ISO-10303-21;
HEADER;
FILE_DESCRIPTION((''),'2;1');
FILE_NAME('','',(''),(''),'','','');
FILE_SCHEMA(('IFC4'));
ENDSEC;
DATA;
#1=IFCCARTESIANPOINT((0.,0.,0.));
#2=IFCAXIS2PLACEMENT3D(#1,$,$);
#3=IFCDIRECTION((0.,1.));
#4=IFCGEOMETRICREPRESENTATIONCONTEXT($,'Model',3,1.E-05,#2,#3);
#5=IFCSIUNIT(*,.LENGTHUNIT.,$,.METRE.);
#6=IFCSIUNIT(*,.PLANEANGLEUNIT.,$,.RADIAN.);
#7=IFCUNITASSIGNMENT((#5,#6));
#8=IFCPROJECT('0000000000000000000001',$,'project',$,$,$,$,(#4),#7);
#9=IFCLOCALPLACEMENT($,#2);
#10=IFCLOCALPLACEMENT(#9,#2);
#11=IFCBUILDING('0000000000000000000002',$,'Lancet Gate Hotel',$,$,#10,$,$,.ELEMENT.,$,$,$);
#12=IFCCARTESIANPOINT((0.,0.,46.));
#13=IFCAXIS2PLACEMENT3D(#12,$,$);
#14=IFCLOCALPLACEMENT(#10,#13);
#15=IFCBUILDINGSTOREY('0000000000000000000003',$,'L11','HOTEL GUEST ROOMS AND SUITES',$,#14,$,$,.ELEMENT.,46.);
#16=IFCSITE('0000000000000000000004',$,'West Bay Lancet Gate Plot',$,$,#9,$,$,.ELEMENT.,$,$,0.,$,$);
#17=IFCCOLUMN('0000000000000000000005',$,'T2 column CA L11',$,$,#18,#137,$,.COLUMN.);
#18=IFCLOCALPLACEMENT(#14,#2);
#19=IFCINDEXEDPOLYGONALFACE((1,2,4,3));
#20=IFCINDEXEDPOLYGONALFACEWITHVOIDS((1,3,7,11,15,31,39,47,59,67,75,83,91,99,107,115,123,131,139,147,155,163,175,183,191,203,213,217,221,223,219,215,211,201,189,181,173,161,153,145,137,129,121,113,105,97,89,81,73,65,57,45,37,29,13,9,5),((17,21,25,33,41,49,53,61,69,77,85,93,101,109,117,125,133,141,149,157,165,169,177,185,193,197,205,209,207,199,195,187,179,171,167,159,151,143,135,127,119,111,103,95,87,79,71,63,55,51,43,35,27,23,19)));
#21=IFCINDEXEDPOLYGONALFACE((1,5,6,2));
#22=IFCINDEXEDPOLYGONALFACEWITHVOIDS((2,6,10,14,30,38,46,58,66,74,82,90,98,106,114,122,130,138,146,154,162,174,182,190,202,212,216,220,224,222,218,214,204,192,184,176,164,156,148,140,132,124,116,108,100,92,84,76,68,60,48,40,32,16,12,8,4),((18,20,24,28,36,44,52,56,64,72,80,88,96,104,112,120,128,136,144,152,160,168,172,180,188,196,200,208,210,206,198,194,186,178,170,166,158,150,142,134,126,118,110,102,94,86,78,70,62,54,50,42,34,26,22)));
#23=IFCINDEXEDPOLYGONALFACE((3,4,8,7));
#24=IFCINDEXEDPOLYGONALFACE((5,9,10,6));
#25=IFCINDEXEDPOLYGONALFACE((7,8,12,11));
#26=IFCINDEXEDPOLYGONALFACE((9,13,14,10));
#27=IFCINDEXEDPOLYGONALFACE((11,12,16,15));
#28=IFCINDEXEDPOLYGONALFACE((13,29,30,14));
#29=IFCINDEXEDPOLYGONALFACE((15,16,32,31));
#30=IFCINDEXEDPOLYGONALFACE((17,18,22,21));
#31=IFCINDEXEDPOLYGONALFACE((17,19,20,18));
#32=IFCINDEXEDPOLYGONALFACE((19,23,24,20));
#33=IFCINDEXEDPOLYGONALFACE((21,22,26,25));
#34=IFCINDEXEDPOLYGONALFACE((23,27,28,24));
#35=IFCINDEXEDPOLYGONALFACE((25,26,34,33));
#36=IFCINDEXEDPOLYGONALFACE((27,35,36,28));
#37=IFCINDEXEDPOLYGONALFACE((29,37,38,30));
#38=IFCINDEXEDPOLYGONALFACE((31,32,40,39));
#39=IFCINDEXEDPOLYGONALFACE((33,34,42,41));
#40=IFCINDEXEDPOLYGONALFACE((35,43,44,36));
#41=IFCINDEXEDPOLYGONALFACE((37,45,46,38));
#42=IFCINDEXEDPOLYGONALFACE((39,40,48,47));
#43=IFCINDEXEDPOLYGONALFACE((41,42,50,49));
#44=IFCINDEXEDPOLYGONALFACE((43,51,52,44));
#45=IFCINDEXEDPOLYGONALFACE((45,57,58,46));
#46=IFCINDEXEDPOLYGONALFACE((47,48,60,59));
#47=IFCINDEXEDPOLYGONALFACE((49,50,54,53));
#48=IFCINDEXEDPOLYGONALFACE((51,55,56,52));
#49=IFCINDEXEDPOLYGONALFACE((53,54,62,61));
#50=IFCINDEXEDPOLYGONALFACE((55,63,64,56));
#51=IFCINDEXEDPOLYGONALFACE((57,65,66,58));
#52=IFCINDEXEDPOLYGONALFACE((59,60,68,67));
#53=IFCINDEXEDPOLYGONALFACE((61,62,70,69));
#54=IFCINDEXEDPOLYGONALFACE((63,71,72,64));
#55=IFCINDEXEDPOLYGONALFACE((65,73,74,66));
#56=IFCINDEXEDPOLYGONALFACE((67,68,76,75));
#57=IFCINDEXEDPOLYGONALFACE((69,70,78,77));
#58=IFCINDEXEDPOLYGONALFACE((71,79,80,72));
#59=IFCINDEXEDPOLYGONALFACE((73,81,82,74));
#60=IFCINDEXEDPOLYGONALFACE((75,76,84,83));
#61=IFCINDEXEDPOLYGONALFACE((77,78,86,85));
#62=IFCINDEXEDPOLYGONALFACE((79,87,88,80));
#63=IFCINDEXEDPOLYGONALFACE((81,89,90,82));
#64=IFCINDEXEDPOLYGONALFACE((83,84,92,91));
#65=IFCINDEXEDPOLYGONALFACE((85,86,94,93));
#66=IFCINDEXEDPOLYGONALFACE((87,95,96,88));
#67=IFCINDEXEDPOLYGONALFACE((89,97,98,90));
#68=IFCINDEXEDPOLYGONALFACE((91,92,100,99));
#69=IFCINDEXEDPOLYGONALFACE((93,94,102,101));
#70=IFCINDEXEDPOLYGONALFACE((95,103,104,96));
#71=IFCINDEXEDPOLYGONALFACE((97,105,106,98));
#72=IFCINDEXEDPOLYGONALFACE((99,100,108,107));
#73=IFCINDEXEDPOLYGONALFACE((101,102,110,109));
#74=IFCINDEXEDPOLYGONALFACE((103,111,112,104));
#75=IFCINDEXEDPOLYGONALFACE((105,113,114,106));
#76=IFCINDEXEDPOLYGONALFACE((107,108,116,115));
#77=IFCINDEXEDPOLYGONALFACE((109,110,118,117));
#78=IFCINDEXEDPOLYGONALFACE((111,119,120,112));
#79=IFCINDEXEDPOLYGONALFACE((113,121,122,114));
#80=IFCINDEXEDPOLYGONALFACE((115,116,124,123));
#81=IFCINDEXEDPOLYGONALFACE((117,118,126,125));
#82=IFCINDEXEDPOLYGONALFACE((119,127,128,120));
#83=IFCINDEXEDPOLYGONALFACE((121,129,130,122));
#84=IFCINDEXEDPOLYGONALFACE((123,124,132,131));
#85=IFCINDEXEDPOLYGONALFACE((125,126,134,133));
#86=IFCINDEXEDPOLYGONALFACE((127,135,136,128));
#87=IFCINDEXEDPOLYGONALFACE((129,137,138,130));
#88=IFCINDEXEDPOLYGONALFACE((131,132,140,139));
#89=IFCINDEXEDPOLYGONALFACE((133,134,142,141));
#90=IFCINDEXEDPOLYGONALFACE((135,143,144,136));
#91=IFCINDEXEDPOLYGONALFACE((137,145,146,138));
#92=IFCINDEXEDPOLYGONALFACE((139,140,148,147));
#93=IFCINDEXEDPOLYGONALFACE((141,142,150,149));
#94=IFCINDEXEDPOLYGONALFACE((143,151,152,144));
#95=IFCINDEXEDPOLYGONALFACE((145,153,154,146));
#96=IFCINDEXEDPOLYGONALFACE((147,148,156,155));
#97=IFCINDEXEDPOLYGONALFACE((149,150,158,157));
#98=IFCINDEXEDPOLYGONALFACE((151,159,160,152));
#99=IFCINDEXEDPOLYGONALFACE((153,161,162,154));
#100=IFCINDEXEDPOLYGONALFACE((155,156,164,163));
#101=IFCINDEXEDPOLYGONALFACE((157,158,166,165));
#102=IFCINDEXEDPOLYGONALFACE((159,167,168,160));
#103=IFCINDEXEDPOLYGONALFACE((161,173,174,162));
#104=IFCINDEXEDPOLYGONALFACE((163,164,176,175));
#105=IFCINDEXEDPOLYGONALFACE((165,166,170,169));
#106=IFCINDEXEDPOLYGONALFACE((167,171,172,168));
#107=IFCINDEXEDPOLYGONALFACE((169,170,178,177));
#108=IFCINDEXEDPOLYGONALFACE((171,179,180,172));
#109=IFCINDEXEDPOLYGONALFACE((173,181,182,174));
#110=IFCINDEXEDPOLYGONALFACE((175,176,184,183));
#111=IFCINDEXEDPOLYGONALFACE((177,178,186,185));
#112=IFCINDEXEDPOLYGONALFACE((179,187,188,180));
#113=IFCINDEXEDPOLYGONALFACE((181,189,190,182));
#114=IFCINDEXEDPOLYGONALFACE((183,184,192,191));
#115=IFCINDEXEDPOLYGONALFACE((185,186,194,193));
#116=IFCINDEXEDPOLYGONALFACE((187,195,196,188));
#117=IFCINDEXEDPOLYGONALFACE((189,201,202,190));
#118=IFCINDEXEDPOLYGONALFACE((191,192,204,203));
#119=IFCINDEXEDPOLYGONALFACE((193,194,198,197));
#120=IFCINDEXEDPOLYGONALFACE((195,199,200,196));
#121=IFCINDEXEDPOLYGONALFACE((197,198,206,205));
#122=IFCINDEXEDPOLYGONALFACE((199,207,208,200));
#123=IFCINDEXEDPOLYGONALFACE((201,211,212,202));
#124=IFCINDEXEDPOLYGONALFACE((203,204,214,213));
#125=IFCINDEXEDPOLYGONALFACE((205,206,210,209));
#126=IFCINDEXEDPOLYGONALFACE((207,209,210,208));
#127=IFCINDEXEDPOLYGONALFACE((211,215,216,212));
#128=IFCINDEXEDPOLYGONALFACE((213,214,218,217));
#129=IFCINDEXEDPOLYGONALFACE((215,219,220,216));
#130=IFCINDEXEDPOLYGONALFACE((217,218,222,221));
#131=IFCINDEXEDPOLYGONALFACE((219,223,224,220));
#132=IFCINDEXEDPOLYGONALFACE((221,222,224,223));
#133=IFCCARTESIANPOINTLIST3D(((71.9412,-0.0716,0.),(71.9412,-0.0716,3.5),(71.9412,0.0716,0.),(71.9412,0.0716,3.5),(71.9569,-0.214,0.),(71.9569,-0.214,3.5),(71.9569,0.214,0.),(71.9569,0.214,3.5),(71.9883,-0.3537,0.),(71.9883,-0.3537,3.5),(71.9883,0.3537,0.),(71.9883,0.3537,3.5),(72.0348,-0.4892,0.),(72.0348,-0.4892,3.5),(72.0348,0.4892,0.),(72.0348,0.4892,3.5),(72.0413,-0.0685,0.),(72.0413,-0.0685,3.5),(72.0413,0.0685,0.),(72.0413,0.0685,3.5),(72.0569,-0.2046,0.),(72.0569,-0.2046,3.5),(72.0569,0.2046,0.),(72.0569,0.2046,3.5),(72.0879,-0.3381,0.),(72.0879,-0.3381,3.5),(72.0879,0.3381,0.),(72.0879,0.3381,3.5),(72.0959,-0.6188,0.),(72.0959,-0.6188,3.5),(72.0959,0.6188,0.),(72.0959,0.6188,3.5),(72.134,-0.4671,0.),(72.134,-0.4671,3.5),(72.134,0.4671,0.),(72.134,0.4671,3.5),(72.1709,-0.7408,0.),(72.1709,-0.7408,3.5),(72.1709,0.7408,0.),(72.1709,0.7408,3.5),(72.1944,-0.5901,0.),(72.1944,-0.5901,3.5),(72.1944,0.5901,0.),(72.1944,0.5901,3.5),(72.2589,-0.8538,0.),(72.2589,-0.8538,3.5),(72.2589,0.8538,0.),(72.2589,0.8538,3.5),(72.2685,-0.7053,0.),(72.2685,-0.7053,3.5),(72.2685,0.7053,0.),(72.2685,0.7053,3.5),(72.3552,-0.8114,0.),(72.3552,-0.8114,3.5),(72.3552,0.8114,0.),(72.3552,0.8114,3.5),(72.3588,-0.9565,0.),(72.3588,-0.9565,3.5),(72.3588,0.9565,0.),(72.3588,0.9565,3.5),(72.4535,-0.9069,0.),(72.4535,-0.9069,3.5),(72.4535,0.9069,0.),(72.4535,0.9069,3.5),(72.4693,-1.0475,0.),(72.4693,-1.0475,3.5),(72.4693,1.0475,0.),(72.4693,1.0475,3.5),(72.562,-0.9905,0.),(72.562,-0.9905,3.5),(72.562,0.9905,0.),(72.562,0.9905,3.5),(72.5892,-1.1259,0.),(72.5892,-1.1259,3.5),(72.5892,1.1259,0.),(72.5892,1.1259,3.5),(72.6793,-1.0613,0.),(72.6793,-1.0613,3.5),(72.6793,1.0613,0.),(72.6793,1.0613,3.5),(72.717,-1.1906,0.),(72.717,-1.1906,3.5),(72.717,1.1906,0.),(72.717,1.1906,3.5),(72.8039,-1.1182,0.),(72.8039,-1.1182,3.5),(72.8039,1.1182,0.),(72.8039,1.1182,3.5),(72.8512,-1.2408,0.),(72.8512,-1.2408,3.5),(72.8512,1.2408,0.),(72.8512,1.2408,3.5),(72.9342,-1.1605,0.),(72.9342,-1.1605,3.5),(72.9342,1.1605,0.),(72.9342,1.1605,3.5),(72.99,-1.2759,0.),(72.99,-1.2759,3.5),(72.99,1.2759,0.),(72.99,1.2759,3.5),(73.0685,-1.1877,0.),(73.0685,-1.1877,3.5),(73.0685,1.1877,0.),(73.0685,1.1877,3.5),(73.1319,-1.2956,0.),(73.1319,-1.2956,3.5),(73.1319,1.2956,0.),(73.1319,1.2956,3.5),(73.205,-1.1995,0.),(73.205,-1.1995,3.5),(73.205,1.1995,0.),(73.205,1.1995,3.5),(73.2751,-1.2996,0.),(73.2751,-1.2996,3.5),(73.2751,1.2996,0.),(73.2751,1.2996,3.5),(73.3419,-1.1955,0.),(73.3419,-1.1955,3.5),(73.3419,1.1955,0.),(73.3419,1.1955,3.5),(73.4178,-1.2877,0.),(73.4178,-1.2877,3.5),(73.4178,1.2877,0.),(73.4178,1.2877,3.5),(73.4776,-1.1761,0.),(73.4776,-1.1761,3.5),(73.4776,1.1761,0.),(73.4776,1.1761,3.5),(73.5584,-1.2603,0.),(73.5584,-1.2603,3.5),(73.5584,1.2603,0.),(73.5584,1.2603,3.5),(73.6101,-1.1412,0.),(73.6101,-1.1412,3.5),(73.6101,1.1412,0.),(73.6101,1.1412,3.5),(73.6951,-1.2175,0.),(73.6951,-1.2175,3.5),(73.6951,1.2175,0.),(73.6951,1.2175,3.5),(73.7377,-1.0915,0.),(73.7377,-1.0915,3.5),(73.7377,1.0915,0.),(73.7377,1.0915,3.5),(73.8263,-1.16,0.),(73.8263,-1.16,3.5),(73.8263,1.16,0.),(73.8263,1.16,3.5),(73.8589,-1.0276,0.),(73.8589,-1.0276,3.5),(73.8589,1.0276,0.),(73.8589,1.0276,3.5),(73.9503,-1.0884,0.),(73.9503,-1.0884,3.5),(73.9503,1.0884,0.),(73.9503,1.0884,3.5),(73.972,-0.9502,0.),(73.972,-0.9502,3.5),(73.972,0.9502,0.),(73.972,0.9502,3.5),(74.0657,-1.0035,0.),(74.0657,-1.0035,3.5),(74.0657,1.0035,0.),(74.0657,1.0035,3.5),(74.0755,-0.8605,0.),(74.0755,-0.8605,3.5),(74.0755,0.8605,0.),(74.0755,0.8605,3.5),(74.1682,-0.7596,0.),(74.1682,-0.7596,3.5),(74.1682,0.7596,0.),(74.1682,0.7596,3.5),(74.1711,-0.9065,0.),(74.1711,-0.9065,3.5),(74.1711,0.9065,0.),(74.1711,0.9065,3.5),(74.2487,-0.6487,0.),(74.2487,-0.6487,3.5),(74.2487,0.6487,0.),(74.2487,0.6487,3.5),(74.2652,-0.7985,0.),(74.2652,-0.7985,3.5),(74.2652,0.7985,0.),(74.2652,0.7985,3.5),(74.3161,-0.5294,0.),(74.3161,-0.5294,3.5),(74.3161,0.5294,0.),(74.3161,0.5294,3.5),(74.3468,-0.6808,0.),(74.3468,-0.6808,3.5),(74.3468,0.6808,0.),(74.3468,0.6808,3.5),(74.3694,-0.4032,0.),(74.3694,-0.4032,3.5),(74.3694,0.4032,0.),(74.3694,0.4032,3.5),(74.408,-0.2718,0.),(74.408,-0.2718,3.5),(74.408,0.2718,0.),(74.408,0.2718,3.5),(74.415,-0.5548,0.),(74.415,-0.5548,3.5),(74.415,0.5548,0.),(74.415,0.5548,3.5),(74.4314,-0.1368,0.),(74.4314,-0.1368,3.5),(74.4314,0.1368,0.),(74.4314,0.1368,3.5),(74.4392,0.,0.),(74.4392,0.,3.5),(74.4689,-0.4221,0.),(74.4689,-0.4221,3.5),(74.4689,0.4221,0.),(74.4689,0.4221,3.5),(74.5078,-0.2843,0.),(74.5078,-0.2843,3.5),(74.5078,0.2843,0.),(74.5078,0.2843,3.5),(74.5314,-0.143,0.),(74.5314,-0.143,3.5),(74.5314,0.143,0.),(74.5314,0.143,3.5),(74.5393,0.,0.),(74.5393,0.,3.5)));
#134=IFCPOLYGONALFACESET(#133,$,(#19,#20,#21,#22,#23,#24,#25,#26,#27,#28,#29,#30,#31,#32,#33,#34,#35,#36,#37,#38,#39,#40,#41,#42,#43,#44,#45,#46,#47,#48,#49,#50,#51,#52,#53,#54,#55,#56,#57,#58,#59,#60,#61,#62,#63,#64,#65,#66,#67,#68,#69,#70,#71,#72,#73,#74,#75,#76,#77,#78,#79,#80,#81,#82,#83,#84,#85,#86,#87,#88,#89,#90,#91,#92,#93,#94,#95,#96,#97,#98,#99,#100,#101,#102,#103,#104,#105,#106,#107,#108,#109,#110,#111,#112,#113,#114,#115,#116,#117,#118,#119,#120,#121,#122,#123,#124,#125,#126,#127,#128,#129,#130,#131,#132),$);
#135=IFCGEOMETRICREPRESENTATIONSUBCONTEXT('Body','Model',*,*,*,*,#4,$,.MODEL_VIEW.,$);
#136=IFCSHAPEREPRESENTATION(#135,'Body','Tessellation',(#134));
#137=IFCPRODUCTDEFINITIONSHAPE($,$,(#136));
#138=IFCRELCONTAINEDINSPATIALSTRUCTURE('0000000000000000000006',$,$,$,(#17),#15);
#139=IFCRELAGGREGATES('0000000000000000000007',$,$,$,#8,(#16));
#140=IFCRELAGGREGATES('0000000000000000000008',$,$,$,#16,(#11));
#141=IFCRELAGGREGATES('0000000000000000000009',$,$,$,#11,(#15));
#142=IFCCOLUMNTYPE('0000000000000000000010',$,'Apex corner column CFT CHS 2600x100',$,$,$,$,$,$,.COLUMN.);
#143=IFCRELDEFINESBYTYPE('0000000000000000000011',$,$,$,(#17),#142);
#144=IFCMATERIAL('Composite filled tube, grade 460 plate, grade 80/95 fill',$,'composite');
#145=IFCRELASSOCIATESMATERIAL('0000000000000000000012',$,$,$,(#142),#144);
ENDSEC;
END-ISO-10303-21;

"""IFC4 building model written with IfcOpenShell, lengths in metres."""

from ifc_helpers import new_model, si_unit, direction, frame, origin, origin_2d, place, context, subcontext, project, spatial, hollow_circle, extrude, material, material_profile, profile_set, type_object, element, save


model = new_model("IFC4")

# Units and contexts
model_context = context("Model", 3, precision=1e-05, world=origin(), true_north=direction((0.0, 1.0)))
body_context = subcontext(model_context, "Body", "Model", "MODEL_VIEW")
ifc_project = project(units=[si_unit("LENGTHUNIT", "METRE"), si_unit("PLANEANGLEUNIT", "RADIAN")], contexts=[model_context])

# Site, building, storey
site_placement = place(None, origin())
site = spatial("IfcSite", under=ifc_project, at=site_placement, Name="West Bay Lancet Gate Plot", CompositionType="ELEMENT", RefElevation=0.0)
building_placement = place(site_placement, origin())
building = spatial("IfcBuilding", under=site, at=building_placement, Name="Lancet Gate Hotel", CompositionType="ELEMENT")
storey_placement = place(building_placement, frame((0.0, 0.0, 46.0)))
storey = spatial("IfcBuildingStorey", under=building, at=storey_placement, Name="L11", Description="HOTEL GUEST ROOMS AND SUITES", CompositionType="ELEMENT", Elevation=46.0)

# Column
ifc_material_1 = material(Name="Composite filled tube, grade 460 plate, grade 80/95 fill", Category="composite")
ifc_material_profile_1 = material_profile(ifc_material_1, hollow_circle(Radius=1.3, WallThickness=0.1001, at=origin_2d()), Name="CHS 2600x100")
ifc_profile_set_1 = profile_set([ifc_material_profile_1], Name="Composite filled tube, grade 460 plate, grade 80/95 fill")
column_type_1 = type_object("IfcColumnType", Name="Apex corner column CFT CHS 2600x100", PredefinedType="COLUMN", material=ifc_profile_set_1)
column_1_placement = place(storey_placement, frame((73.2393, 0.0, 0.0), z_axis=(0.0, 0.0, 1.0), x_axis=(1.0, 0.0, 0.0)))
element("IfcColumn", 1, at=column_1_placement, inside=storey, type_object=column_type_1, Name="T2 column CA L11", PredefinedType="COLUMN", context=body_context, shape_type="SweptSolid", body=[
    extrude(hollow_circle(Radius=1.3, WallThickness=0.1001, at=origin_2d()), origin(), (0.0, 0.0, 1.0), 3.5),
])

save(model, "model.ifc")
